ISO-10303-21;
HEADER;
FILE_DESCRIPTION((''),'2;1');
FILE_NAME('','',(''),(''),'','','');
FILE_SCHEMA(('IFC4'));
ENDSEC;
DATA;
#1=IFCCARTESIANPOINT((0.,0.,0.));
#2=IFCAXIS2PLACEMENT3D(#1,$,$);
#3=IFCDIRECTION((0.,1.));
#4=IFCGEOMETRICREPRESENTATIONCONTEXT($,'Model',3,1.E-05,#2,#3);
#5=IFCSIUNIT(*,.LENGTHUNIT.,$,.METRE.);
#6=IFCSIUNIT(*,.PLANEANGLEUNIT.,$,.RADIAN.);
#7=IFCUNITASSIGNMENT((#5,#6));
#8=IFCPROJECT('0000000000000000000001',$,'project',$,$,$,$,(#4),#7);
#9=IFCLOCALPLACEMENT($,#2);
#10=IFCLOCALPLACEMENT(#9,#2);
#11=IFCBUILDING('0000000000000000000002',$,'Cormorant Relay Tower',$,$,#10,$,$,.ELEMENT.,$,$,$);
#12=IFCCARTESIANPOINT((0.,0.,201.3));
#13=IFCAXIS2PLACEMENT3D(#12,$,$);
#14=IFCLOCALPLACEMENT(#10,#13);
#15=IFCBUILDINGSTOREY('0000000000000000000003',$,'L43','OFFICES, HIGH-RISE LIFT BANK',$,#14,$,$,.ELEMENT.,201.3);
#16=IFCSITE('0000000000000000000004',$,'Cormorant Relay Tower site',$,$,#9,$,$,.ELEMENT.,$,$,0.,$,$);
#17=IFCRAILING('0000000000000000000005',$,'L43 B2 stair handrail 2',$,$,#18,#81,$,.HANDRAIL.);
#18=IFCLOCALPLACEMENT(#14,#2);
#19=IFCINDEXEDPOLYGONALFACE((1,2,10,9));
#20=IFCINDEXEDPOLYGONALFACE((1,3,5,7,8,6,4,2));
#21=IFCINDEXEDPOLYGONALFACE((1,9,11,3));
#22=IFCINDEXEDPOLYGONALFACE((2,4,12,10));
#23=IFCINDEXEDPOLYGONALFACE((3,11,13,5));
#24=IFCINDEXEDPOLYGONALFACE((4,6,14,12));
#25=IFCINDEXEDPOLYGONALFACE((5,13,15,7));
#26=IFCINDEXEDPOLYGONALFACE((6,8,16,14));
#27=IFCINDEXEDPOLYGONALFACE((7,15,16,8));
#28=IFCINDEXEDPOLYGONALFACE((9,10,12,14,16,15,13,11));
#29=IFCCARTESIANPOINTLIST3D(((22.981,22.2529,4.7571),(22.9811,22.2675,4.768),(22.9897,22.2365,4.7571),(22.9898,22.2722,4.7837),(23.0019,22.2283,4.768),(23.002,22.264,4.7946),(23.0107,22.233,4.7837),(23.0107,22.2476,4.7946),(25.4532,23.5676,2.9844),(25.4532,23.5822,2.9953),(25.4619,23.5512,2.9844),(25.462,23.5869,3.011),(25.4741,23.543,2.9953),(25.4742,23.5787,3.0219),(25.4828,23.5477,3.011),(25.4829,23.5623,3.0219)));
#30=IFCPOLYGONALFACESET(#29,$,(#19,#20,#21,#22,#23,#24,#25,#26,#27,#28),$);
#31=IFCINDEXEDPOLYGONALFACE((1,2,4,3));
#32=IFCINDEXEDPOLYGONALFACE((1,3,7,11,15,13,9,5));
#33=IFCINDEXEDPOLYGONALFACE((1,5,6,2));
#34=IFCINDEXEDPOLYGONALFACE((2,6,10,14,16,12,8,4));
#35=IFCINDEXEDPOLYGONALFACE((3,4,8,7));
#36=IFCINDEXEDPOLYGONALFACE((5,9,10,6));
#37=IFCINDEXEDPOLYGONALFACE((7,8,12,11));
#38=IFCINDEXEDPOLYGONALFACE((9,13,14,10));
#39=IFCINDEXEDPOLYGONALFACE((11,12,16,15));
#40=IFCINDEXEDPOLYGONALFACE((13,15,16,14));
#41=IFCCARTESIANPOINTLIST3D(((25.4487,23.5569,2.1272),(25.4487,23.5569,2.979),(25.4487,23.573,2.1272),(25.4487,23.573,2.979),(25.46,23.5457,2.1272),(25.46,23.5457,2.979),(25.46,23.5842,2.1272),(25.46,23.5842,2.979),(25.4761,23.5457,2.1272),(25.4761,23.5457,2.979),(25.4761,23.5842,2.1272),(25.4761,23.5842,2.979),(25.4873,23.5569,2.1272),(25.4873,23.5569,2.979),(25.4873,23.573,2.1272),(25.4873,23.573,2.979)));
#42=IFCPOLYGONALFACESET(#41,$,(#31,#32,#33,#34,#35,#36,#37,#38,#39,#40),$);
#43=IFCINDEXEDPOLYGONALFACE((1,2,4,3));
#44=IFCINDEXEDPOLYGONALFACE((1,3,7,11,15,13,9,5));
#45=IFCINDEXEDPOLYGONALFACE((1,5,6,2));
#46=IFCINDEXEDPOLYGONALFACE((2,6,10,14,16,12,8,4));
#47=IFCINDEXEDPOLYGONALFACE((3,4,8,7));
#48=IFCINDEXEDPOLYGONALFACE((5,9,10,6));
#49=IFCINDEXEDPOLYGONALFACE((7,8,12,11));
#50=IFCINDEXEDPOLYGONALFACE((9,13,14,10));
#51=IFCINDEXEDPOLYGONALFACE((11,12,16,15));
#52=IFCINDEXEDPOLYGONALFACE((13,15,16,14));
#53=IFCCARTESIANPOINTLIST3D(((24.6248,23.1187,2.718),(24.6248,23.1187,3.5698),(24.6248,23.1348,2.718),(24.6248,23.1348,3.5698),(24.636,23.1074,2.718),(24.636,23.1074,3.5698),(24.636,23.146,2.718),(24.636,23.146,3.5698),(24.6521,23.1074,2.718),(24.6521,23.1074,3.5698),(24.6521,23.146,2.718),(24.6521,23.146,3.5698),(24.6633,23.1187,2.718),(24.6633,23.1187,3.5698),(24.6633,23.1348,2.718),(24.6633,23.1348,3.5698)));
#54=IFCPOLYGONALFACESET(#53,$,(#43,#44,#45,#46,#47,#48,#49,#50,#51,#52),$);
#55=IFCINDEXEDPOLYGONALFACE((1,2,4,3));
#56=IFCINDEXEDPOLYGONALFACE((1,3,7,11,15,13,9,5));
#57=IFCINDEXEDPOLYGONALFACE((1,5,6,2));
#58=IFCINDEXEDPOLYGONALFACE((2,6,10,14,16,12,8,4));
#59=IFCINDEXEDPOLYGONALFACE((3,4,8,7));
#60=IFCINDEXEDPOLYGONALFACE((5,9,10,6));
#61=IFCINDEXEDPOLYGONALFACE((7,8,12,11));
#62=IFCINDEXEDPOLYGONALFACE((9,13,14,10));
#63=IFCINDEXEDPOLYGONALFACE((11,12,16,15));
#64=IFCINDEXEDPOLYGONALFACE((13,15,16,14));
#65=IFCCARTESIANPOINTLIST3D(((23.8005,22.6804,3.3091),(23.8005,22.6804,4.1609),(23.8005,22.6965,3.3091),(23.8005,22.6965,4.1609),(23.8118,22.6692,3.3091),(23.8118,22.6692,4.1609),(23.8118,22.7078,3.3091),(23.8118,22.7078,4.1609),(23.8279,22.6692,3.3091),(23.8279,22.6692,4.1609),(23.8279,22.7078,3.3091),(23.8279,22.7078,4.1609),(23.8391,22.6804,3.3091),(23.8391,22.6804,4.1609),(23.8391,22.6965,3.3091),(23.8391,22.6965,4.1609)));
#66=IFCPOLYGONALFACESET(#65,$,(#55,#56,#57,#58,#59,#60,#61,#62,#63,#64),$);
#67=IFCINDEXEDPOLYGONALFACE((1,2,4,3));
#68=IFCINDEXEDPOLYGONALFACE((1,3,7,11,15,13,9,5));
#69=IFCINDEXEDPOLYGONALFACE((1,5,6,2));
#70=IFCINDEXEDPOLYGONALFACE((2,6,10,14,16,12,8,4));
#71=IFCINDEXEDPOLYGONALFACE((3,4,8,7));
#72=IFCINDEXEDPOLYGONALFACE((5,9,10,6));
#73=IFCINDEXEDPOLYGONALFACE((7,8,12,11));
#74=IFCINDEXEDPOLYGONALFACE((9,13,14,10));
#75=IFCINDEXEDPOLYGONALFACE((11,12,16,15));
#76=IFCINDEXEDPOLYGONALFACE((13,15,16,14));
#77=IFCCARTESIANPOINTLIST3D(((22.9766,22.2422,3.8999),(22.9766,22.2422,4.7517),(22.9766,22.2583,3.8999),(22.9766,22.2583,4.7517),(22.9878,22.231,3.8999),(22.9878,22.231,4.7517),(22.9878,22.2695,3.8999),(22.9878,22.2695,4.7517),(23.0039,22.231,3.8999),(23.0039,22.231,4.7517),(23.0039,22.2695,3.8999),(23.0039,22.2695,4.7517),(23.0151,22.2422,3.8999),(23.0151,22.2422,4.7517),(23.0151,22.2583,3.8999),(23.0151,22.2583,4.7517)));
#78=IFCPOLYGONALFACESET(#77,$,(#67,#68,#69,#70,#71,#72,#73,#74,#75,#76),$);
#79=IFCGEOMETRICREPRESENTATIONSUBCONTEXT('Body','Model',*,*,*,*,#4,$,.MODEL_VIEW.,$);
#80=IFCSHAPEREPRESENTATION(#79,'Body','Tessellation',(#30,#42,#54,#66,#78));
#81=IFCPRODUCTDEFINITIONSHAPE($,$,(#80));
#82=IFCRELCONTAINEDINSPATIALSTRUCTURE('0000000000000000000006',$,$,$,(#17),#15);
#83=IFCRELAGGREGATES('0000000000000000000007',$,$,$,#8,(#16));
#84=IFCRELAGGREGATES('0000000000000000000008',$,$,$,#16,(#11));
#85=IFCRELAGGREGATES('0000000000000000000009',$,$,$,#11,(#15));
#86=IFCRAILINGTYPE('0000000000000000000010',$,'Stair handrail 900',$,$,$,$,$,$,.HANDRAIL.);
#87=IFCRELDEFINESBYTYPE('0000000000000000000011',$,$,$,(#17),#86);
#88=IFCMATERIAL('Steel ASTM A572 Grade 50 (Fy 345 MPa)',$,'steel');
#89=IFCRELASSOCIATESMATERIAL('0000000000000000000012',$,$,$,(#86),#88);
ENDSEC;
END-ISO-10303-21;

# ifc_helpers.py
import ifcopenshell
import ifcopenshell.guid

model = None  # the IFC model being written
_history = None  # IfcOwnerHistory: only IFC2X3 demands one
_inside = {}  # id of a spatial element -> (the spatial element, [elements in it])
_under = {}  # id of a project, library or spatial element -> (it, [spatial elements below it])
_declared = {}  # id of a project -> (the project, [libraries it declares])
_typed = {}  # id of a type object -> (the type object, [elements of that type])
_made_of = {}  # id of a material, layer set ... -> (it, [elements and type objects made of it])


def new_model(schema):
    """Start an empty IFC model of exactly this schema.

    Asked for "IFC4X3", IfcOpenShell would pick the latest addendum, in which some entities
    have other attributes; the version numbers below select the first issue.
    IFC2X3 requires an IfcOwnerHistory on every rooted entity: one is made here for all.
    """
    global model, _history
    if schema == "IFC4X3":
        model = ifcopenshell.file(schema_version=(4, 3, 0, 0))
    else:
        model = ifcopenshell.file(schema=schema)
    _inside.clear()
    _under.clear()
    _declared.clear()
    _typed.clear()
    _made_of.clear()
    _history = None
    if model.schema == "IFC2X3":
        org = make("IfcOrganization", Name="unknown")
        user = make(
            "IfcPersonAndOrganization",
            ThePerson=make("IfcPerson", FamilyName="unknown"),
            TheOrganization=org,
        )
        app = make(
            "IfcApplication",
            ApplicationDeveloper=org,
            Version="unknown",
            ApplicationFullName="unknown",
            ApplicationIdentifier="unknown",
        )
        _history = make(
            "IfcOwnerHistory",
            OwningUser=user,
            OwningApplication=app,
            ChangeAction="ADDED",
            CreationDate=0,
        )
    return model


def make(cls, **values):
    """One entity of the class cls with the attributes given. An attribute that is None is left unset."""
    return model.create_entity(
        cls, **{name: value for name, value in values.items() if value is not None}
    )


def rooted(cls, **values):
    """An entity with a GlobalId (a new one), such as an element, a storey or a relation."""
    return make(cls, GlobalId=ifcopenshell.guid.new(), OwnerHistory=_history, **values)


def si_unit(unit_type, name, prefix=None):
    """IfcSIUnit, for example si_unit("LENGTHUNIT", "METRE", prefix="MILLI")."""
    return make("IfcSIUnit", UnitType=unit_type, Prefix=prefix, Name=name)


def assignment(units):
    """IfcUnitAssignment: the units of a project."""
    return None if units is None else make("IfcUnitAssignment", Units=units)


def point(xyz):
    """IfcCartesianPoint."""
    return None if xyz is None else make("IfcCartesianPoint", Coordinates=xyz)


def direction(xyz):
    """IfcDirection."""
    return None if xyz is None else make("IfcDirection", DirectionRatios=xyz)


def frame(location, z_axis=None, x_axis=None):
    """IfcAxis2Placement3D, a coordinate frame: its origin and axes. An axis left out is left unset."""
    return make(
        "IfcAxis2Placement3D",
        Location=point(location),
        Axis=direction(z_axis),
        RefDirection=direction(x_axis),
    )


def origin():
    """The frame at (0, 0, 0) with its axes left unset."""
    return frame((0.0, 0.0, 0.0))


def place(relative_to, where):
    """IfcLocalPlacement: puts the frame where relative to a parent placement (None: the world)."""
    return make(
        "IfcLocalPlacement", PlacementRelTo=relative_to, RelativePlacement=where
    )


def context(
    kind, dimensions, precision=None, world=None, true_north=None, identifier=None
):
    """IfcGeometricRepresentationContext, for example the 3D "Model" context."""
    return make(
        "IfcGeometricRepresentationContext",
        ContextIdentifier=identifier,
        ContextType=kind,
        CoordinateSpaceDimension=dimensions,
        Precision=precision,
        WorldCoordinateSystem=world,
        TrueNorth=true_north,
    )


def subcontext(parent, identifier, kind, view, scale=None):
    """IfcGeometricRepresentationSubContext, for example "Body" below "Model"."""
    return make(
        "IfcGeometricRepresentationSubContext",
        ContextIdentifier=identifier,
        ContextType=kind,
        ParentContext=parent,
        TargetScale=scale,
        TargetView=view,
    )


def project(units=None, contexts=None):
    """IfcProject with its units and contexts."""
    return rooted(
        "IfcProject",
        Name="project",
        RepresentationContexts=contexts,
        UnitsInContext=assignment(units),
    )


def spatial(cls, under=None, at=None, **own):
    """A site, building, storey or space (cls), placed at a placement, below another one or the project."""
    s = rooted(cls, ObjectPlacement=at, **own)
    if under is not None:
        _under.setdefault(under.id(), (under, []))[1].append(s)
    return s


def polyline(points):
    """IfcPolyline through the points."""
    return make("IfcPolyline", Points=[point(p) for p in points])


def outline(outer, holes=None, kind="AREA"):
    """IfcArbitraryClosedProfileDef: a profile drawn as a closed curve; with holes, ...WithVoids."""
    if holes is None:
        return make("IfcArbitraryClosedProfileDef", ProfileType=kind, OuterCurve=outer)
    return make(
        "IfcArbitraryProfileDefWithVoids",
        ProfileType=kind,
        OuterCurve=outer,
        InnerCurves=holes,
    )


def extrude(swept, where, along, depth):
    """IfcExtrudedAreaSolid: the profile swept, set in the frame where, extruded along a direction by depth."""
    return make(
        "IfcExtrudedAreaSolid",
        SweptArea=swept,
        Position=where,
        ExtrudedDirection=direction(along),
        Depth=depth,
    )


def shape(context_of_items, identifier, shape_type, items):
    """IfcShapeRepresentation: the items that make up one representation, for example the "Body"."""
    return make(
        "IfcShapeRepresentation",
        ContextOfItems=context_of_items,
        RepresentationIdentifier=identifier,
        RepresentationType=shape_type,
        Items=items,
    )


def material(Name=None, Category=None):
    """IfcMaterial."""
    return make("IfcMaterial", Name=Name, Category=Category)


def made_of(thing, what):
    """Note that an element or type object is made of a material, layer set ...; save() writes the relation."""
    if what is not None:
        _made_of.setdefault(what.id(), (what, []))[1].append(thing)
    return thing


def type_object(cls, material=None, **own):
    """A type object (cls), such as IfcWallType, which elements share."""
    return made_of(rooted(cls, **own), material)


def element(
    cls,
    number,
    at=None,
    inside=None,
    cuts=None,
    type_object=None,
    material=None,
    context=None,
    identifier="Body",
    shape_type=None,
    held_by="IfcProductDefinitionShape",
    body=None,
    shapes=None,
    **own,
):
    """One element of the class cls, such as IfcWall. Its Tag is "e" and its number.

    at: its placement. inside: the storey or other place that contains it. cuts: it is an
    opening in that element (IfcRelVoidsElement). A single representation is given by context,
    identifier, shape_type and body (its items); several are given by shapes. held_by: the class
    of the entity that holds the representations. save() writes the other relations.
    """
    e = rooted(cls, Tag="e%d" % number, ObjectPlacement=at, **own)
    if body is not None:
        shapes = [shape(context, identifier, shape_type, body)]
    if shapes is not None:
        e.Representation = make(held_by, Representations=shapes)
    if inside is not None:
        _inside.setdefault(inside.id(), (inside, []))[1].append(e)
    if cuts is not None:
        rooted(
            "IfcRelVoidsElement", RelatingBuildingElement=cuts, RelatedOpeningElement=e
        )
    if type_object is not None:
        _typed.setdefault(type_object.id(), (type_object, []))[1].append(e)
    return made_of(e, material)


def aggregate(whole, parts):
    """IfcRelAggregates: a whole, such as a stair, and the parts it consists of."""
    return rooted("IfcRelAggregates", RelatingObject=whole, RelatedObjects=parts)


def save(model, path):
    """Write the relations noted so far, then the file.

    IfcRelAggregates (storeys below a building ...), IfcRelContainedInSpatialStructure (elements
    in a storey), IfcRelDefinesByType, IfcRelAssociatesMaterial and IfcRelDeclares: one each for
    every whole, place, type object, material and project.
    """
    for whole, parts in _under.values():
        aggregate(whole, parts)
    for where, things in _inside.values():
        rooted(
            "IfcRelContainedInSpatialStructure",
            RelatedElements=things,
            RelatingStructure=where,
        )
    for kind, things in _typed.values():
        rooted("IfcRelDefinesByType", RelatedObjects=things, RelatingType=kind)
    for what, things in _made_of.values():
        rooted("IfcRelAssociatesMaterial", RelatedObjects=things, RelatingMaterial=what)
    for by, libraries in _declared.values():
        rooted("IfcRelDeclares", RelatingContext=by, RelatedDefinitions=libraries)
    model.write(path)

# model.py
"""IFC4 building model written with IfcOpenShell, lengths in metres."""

from ifc_helpers import new_model, si_unit, direction, frame, origin, place, context, subcontext, project, spatial, polyline, outline, extrude, material, type_object, element, save


model = new_model("IFC4")

# Units and contexts
model_context = context("Model", 3, precision=1e-05, world=origin(), true_north=direction((0.0, 1.0)))
body_context = subcontext(model_context, "Body", "Model", "MODEL_VIEW")
ifc_project = project(units=[si_unit("LENGTHUNIT", "METRE"), si_unit("PLANEANGLEUNIT", "RADIAN")], contexts=[model_context])

# Site, building, storey
site_placement = place(None, origin())
site = spatial("IfcSite", under=ifc_project, at=site_placement, Name="Cormorant Relay Tower site", CompositionType="ELEMENT", RefElevation=0.0)
building_placement = place(site_placement, origin())
building = spatial("IfcBuilding", under=site, at=building_placement, Name="Cormorant Relay Tower", CompositionType="ELEMENT")
storey_placement = place(building_placement, frame((0.0, 0.0, 201.3)))
storey = spatial("IfcBuildingStorey", under=building, at=storey_placement, Name="L43", Description="OFFICES, HIGH-RISE LIFT BANK", CompositionType="ELEMENT", Elevation=201.3)

# Railing
ifc_material_1 = material(Name="Steel ASTM A572 Grade 50 (Fy 345 MPa)", Category="steel")
railing_type = type_object("IfcRailingType", Name="Stair handrail 900", PredefinedType="HANDRAIL", material=ifc_material_1)
railing_placement = place(storey_placement, frame((25.468, 23.5649, 2.1272)))
element("IfcRailing", 1, at=railing_placement, inside=storey, type_object=railing_type, Name="L43 B2 stair handrail 2", PredefinedType="HANDRAIL", context=body_context, shape_type="SweptSolid", body=[
    extrude(outline(polyline([(0.0222, 0.0093), (0.0093, 0.0222), (-0.0093, 0.0222), (-0.0222, 0.0093), (-0.0222, -0.0093), (-0.0093, -0.0222), (0.0093, -0.0222), (0.0222, -0.0093), (0.0222, 0.0093)])), frame((0.0, 0.0, 0.876), z_axis=(-0.745979, -0.396711, 0.534916), x_axis=(0.469533, -0.882915, 0.0)), (0.0, 0.0, 1.0), 3.314),
    extrude(outline(polyline([(0.0193, 0.0081), (0.0081, 0.0193), (-0.0081, 0.0193), (-0.0193, 0.0081), (-0.0193, -0.0081), (-0.0081, -0.0193), (0.0081, -0.0193), (0.0193, -0.0081), (0.0193, 0.0081)])), origin(), (0.0, 0.0, 1.0), 0.8518),
    extrude(outline(polyline([(0.0193, 0.0081), (0.0081, 0.0193), (-0.0081, 0.0193), (-0.0193, 0.0081), (-0.0193, -0.0081), (-0.0081, -0.0193), (0.0081, -0.0193), (0.0193, -0.0081), (0.0193, 0.0081)])), frame((-0.824, -0.4382, 0.5908)), (0.0, 0.0, 1.0), 0.8518),
    extrude(outline(polyline([(0.0193, 0.0081), (0.0081, 0.0193), (-0.0081, 0.0193), (-0.0193, 0.0081), (-0.0193, -0.0081), (-0.0081, -0.0193), (0.0081, -0.0193), (0.0193, -0.0081), (0.0193, 0.0081)])), frame((-1.6482, -0.8765, 1.1819)), (0.0, 0.0, 1.0), 0.8518),
    extrude(outline(polyline([(0.0193, 0.0081), (0.0081, 0.0193), (-0.0081, 0.0193), (-0.0193, 0.0081), (-0.0193, -0.0081), (-0.0081, -0.0193), (0.0081, -0.0193), (0.0193, -0.0081), (0.0193, 0.0081)])), frame((-2.4722, -1.3147, 1.7727)), (0.0, 0.0, 1.0), 0.8518),
])

save(model, "model.ifc")
